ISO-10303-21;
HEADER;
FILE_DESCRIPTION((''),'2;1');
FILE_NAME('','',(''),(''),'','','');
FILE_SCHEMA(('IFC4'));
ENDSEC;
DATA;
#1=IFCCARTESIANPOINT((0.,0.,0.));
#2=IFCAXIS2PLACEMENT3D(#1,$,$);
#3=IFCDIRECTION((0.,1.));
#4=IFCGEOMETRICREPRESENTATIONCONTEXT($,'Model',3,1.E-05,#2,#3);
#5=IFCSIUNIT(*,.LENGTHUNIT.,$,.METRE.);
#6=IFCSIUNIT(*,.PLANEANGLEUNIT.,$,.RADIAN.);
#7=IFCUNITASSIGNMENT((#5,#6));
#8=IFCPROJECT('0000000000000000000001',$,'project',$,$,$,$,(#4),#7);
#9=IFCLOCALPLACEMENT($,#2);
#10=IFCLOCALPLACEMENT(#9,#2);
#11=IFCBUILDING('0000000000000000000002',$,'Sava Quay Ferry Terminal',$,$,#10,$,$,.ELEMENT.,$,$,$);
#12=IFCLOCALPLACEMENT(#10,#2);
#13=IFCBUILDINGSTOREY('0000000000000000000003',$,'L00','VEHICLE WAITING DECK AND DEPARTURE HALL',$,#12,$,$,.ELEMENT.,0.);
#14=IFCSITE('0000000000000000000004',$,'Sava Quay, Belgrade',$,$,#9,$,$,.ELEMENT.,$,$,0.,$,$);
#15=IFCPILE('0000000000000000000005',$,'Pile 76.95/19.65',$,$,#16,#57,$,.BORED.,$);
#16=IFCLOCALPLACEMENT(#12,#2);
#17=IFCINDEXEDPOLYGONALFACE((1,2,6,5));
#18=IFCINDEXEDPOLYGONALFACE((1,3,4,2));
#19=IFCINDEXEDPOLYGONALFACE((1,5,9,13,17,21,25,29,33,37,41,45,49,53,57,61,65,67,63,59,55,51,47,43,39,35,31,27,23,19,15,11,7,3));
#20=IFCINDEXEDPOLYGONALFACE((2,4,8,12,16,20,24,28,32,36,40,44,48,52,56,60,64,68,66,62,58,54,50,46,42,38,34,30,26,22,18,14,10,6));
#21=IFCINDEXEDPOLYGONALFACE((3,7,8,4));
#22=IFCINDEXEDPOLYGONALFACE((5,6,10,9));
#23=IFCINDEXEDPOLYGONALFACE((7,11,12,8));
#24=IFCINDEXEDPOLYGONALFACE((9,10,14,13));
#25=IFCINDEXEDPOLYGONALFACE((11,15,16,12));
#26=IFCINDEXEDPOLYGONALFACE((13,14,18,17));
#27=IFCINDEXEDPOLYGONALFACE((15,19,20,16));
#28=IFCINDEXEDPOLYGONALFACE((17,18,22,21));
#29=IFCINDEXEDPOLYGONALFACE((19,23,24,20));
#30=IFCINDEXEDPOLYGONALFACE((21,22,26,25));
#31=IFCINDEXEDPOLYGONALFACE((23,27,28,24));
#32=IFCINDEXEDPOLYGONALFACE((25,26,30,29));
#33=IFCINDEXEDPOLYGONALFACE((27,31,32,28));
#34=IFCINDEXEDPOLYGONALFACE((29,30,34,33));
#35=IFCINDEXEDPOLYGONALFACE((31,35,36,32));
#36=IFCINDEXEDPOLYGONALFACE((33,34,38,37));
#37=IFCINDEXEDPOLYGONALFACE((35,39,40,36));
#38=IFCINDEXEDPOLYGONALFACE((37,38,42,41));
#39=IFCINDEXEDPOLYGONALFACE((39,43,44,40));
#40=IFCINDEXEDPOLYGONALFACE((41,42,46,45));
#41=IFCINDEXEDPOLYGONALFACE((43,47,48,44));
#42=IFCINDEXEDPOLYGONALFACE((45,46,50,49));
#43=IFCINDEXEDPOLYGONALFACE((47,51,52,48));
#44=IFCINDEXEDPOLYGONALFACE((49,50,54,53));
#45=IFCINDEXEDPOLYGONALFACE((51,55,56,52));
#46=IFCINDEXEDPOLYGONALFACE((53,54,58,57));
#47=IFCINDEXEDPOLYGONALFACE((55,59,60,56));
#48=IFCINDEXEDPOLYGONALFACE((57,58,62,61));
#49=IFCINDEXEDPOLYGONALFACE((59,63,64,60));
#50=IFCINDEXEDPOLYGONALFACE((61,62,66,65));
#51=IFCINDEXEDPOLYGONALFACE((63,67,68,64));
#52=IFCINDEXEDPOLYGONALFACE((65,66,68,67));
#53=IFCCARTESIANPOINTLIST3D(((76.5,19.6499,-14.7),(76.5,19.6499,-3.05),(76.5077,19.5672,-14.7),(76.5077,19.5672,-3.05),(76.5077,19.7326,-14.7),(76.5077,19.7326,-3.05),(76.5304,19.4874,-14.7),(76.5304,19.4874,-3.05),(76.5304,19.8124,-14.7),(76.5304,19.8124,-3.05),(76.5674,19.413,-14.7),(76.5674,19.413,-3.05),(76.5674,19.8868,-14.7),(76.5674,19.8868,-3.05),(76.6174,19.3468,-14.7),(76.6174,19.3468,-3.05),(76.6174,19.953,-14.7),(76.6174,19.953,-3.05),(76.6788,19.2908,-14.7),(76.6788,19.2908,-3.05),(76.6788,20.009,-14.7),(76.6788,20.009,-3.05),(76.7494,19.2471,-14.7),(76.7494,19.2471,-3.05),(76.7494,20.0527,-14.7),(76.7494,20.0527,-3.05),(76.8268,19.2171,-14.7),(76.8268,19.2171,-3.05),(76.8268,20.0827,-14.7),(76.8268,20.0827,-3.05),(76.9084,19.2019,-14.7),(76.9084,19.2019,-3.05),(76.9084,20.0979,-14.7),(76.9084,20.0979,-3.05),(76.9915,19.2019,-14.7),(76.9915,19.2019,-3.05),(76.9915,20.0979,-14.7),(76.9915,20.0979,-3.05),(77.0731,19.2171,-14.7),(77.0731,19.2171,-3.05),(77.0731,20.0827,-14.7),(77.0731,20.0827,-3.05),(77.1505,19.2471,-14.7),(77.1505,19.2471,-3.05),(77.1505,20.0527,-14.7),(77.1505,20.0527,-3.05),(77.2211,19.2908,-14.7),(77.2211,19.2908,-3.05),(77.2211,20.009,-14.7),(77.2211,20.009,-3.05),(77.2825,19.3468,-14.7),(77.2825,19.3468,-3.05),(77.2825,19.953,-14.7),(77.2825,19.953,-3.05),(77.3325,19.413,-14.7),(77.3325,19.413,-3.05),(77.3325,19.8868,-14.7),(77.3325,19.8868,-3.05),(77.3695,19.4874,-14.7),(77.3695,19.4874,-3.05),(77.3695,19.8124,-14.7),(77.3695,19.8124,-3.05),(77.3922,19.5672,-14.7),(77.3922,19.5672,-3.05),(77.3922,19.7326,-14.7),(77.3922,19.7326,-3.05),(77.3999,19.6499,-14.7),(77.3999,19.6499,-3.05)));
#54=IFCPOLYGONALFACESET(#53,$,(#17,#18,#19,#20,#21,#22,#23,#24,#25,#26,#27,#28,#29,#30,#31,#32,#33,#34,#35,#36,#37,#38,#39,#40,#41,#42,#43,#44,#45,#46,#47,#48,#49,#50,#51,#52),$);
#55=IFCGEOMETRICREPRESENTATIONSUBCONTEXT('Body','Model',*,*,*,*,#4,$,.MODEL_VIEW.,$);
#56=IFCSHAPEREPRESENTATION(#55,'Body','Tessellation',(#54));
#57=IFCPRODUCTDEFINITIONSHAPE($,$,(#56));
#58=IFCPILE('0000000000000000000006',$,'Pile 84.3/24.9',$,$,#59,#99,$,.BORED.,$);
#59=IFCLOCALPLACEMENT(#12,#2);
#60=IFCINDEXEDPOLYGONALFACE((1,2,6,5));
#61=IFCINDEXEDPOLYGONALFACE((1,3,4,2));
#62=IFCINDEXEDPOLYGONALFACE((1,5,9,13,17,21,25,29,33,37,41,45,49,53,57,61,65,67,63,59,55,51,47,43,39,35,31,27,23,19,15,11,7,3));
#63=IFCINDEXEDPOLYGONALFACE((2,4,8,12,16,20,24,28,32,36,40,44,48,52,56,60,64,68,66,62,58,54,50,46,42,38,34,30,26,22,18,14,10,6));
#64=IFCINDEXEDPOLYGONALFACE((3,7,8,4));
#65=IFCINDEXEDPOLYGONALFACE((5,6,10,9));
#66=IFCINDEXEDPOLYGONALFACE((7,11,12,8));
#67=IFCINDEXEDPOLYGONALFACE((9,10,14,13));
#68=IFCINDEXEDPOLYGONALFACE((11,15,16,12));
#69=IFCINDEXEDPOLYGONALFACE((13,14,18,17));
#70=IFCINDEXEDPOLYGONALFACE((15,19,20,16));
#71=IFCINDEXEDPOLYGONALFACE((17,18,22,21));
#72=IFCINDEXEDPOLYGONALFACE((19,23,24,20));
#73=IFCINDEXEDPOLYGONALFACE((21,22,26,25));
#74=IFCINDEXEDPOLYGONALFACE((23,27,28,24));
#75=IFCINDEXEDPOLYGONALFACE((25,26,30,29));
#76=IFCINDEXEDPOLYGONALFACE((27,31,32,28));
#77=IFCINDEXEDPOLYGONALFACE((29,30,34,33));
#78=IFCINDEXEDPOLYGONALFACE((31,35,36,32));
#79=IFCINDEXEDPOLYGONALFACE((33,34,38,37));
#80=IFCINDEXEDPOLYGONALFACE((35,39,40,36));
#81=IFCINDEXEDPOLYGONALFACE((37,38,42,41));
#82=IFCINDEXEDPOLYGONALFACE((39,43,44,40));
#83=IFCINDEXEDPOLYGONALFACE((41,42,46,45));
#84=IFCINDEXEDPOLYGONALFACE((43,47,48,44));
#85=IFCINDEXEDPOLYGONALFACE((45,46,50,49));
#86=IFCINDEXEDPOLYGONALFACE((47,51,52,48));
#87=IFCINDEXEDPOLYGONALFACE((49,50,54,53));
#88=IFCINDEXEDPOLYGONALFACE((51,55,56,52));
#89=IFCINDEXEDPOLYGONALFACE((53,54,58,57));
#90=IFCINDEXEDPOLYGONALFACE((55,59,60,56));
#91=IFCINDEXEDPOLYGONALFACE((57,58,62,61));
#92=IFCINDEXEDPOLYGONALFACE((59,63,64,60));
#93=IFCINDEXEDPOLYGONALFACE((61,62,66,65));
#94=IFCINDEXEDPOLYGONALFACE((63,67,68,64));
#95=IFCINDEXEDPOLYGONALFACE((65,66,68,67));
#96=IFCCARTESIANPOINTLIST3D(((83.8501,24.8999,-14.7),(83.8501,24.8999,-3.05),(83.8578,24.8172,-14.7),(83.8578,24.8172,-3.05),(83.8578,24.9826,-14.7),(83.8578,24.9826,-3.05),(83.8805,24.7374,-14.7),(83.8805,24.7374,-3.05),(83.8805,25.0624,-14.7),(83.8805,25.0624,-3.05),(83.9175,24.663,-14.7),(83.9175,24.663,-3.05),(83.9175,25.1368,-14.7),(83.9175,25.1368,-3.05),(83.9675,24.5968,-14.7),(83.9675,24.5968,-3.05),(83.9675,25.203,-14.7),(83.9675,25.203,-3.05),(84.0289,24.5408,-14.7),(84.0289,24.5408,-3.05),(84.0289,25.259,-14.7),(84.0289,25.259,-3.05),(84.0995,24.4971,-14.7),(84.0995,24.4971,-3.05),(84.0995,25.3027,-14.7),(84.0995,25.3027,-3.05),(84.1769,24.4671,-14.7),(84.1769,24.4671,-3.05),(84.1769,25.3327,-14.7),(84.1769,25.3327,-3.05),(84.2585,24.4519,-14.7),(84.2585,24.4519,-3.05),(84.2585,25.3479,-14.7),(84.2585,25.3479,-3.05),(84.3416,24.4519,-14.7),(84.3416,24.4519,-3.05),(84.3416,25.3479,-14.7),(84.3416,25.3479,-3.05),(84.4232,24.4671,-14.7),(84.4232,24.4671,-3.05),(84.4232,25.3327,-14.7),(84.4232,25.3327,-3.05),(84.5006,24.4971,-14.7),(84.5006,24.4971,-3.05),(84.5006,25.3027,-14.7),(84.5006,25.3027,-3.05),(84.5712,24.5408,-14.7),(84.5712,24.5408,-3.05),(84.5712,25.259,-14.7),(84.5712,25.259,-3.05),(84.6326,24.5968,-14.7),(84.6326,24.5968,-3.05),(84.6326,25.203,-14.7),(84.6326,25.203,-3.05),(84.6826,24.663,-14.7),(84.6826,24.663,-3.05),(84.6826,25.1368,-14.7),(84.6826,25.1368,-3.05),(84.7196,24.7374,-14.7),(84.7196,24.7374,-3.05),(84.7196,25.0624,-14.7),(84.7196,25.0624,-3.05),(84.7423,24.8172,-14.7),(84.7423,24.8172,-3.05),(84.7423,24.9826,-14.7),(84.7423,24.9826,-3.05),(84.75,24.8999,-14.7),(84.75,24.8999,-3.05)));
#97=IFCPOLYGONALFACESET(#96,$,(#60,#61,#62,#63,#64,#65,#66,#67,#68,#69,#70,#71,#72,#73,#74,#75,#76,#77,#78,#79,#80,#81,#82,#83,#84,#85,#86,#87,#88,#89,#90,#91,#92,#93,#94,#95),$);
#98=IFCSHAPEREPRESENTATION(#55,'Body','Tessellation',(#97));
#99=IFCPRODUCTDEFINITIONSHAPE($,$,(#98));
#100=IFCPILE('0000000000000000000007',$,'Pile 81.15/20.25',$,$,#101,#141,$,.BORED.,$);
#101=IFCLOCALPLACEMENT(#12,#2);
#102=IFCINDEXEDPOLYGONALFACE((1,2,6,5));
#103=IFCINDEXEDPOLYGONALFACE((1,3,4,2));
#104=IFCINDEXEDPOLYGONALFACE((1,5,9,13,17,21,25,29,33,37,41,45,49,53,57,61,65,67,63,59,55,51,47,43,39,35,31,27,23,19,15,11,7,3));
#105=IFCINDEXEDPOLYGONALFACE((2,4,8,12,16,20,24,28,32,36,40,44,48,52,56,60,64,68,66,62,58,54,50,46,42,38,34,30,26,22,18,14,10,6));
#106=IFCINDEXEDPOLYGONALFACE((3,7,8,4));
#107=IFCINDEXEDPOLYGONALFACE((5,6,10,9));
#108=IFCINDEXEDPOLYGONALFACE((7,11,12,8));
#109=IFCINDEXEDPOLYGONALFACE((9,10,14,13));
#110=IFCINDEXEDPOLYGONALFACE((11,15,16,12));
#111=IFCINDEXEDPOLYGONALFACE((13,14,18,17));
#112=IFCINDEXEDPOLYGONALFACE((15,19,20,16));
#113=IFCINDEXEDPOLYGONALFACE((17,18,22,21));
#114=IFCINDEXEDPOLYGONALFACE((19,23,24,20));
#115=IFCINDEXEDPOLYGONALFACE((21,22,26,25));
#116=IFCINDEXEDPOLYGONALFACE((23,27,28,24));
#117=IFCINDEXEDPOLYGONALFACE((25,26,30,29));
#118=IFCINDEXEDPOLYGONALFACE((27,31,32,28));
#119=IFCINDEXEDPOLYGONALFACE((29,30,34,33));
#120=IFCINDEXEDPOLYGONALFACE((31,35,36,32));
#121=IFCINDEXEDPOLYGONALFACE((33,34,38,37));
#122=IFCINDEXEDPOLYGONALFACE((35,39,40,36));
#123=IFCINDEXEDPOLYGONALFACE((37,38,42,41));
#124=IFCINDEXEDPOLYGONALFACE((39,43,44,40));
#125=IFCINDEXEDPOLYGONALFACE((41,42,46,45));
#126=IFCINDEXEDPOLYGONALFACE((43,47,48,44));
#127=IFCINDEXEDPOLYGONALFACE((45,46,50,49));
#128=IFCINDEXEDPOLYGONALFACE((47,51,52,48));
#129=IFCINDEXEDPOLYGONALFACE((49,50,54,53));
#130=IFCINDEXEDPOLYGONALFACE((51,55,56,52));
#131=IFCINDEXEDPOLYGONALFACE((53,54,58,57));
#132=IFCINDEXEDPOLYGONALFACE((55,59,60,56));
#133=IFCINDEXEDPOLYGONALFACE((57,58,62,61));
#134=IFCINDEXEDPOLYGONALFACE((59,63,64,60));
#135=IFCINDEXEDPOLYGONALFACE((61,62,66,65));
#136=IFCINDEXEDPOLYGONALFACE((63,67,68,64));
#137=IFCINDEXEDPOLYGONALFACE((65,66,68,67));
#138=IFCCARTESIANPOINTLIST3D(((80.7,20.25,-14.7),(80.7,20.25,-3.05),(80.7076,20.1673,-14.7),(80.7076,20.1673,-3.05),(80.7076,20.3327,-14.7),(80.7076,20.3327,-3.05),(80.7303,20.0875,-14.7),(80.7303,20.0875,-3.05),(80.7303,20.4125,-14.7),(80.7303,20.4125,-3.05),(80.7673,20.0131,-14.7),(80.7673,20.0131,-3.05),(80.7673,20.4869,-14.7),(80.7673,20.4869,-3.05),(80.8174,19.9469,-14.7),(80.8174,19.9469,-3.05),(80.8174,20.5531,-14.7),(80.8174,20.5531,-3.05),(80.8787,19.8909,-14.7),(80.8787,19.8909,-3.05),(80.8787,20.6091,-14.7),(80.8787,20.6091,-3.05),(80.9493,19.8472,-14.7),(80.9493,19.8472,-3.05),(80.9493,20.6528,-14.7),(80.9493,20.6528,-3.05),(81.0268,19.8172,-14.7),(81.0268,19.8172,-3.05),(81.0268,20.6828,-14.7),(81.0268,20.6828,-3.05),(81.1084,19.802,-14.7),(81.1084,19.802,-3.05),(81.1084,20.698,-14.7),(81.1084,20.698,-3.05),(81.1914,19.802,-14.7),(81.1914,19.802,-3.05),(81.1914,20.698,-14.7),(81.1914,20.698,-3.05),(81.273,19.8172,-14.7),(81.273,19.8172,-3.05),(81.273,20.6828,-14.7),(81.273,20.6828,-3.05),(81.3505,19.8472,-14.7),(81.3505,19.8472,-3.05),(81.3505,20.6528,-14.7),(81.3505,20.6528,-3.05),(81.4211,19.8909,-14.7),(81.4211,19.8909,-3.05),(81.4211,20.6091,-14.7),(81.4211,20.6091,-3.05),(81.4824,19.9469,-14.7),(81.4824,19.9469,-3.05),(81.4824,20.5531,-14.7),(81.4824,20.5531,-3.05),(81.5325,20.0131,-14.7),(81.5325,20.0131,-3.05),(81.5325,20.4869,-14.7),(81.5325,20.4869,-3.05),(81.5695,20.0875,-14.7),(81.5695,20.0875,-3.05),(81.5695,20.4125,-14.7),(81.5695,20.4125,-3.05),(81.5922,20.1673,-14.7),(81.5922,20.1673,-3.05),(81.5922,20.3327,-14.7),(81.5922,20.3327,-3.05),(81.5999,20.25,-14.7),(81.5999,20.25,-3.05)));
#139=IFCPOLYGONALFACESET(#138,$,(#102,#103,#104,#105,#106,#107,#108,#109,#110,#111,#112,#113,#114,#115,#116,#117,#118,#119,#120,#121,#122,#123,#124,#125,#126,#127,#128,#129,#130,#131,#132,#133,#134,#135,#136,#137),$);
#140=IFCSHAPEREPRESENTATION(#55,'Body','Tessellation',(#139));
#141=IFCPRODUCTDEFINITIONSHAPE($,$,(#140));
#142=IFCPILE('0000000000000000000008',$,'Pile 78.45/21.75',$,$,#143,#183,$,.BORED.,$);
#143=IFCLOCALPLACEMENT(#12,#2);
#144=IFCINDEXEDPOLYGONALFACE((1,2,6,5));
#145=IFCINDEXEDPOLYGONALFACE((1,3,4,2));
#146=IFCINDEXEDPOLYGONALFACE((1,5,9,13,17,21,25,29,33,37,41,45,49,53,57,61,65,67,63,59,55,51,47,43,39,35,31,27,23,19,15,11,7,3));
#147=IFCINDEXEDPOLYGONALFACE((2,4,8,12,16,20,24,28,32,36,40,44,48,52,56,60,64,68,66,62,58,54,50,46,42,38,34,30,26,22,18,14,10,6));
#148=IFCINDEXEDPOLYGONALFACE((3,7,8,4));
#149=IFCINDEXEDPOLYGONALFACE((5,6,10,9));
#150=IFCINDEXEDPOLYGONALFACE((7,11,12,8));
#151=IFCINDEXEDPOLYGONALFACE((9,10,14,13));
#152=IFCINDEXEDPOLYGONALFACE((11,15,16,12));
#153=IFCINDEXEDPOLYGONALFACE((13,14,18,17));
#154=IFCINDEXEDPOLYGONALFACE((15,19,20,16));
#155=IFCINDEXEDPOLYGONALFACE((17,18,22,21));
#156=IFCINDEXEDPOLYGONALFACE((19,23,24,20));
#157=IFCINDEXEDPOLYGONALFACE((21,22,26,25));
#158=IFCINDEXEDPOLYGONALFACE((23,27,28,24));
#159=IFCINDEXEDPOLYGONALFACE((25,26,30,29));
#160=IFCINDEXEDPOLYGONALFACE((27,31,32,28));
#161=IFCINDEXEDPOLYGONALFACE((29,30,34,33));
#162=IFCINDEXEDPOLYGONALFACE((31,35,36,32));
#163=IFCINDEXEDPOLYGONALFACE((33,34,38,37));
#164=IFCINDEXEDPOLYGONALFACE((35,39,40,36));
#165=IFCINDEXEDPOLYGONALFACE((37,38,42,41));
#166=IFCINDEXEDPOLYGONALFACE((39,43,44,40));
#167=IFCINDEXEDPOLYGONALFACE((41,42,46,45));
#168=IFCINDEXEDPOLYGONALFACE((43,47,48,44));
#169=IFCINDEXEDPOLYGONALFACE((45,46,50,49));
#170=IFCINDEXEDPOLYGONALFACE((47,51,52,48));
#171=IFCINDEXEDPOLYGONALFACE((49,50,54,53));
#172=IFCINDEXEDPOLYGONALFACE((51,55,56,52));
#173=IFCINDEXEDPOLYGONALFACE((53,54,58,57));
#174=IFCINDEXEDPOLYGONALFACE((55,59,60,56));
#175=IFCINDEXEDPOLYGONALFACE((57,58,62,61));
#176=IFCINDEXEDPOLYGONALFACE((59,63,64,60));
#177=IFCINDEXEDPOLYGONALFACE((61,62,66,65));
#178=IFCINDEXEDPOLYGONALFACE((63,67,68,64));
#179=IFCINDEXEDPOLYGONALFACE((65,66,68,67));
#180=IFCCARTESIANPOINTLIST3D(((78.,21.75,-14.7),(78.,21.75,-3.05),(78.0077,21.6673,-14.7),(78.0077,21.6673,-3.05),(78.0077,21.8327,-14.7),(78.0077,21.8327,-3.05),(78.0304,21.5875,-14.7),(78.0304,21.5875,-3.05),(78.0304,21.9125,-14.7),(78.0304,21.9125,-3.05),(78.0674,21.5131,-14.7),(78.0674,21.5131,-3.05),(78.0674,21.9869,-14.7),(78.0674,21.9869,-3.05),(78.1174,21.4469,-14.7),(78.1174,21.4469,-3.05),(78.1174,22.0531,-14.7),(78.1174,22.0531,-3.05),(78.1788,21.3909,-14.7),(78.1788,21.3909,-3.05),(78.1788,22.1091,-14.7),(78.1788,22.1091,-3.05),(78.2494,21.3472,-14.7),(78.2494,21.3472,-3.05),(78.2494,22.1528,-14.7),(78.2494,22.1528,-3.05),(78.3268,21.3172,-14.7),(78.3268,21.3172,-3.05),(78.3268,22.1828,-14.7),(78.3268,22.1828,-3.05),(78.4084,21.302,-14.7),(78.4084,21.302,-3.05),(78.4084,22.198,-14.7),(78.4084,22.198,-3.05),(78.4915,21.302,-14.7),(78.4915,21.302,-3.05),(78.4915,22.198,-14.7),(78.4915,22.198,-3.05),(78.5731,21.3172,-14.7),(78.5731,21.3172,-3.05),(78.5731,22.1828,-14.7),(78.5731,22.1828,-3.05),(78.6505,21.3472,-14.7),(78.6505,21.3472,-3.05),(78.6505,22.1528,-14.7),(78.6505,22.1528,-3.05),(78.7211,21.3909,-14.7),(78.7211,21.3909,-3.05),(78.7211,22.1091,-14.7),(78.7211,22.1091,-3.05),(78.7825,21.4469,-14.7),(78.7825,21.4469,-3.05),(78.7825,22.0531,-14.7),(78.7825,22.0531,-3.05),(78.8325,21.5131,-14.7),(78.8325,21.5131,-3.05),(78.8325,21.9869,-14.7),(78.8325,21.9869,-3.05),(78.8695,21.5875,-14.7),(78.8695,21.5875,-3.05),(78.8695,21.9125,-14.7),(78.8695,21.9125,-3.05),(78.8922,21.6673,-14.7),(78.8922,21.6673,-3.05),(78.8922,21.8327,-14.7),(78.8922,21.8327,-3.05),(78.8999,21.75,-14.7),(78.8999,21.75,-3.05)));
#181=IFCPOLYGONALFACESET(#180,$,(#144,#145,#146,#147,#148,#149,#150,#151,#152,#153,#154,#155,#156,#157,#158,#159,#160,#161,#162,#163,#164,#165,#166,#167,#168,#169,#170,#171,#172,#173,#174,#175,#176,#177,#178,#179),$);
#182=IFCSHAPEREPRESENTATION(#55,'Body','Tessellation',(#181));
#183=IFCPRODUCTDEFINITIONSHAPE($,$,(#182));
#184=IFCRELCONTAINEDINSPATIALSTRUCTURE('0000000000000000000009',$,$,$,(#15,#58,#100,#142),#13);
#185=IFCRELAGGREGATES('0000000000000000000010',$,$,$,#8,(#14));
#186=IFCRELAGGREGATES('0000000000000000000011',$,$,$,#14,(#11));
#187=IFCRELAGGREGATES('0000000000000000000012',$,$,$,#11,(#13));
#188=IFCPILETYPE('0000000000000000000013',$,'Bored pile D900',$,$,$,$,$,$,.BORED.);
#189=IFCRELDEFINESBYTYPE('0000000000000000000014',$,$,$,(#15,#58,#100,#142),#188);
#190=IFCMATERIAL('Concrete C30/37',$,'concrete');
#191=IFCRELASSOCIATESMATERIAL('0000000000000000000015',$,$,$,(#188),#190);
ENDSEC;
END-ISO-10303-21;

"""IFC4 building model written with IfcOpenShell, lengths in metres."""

from ifc_helpers import new_model, si_unit, direction, frame, origin, origin_2d, place, context, subcontext, project, spatial, circle, extrude, material, material_profile, profile_set, type_object, element, save


model = new_model("IFC4")

# Units and contexts
model_context = context("Model", 3, precision=1e-05, world=origin(), true_north=direction((0.0, 1.0)))
body_context = subcontext(model_context, "Body", "Model", "MODEL_VIEW")
ifc_project = project(units=[si_unit("LENGTHUNIT", "METRE"), si_unit("PLANEANGLEUNIT", "RADIAN")], contexts=[model_context])

# Site, building, storey
site_placement = place(None, origin())
site = spatial("IfcSite", under=ifc_project, at=site_placement, Name="Sava Quay, Belgrade", CompositionType="ELEMENT", RefElevation=0.0)
building_placement = place(site_placement, origin())
building = spatial("IfcBuilding", under=site, at=building_placement, Name="Sava Quay Ferry Terminal", CompositionType="ELEMENT")
storey_placement = place(building_placement, origin())
storey = spatial("IfcBuildingStorey", under=building, at=storey_placement, Name="L00", Description="VEHICLE WAITING DECK AND DEPARTURE HALL", CompositionType="ELEMENT", Elevation=0.0)

# Piles
ifc_material_1 = material(Name="Concrete C30/37", Category="concrete")
ifc_material_profile_1 = material_profile(ifc_material_1, circle(Radius=0.45, at=origin_2d()), Name="Bored pile D900")
ifc_profile_set_1 = profile_set([ifc_material_profile_1], Name="Concrete C30/37")
pile_type = type_object("IfcPileType", Name="Bored pile D900", PredefinedType="BORED", material=ifc_profile_set_1)
for number, where, z_axis, x_axis, name in (
    (1, (76.95, 19.6499, -3.05), (0.0, 0.0, -1.0), (1.0, 0.0, 0.0), "Pile 76.95/19.65"),
    (2, (84.3, 24.8999, -3.05), (0.0, 0.0, -1.0), (1.0, 0.0, 0.0), "Pile 84.3/24.9"),
    (3, (81.1499, 20.25, -3.05), (0.0, 0.0, -1.0), (1.0, 0.0, 0.0), "Pile 81.15/20.25"),
    (4, (78.45, 21.75, -3.05), (0.0, 0.0, -1.0), (1.0, 0.0, 0.0), "Pile 78.45/21.75"),
):
    element("IfcPile", number, at=place(storey_placement, frame(where, z_axis=z_axis, x_axis=x_axis)), inside=storey, type_object=pile_type, Name=name, PredefinedType="BORED", context=body_context, shape_type="SweptSolid", body=[
        extrude(circle(Radius=0.45, at=origin_2d()), origin(), (0.0, 0.0, 1.0), 11.6499),
    ])

save(model, "model.ifc")
